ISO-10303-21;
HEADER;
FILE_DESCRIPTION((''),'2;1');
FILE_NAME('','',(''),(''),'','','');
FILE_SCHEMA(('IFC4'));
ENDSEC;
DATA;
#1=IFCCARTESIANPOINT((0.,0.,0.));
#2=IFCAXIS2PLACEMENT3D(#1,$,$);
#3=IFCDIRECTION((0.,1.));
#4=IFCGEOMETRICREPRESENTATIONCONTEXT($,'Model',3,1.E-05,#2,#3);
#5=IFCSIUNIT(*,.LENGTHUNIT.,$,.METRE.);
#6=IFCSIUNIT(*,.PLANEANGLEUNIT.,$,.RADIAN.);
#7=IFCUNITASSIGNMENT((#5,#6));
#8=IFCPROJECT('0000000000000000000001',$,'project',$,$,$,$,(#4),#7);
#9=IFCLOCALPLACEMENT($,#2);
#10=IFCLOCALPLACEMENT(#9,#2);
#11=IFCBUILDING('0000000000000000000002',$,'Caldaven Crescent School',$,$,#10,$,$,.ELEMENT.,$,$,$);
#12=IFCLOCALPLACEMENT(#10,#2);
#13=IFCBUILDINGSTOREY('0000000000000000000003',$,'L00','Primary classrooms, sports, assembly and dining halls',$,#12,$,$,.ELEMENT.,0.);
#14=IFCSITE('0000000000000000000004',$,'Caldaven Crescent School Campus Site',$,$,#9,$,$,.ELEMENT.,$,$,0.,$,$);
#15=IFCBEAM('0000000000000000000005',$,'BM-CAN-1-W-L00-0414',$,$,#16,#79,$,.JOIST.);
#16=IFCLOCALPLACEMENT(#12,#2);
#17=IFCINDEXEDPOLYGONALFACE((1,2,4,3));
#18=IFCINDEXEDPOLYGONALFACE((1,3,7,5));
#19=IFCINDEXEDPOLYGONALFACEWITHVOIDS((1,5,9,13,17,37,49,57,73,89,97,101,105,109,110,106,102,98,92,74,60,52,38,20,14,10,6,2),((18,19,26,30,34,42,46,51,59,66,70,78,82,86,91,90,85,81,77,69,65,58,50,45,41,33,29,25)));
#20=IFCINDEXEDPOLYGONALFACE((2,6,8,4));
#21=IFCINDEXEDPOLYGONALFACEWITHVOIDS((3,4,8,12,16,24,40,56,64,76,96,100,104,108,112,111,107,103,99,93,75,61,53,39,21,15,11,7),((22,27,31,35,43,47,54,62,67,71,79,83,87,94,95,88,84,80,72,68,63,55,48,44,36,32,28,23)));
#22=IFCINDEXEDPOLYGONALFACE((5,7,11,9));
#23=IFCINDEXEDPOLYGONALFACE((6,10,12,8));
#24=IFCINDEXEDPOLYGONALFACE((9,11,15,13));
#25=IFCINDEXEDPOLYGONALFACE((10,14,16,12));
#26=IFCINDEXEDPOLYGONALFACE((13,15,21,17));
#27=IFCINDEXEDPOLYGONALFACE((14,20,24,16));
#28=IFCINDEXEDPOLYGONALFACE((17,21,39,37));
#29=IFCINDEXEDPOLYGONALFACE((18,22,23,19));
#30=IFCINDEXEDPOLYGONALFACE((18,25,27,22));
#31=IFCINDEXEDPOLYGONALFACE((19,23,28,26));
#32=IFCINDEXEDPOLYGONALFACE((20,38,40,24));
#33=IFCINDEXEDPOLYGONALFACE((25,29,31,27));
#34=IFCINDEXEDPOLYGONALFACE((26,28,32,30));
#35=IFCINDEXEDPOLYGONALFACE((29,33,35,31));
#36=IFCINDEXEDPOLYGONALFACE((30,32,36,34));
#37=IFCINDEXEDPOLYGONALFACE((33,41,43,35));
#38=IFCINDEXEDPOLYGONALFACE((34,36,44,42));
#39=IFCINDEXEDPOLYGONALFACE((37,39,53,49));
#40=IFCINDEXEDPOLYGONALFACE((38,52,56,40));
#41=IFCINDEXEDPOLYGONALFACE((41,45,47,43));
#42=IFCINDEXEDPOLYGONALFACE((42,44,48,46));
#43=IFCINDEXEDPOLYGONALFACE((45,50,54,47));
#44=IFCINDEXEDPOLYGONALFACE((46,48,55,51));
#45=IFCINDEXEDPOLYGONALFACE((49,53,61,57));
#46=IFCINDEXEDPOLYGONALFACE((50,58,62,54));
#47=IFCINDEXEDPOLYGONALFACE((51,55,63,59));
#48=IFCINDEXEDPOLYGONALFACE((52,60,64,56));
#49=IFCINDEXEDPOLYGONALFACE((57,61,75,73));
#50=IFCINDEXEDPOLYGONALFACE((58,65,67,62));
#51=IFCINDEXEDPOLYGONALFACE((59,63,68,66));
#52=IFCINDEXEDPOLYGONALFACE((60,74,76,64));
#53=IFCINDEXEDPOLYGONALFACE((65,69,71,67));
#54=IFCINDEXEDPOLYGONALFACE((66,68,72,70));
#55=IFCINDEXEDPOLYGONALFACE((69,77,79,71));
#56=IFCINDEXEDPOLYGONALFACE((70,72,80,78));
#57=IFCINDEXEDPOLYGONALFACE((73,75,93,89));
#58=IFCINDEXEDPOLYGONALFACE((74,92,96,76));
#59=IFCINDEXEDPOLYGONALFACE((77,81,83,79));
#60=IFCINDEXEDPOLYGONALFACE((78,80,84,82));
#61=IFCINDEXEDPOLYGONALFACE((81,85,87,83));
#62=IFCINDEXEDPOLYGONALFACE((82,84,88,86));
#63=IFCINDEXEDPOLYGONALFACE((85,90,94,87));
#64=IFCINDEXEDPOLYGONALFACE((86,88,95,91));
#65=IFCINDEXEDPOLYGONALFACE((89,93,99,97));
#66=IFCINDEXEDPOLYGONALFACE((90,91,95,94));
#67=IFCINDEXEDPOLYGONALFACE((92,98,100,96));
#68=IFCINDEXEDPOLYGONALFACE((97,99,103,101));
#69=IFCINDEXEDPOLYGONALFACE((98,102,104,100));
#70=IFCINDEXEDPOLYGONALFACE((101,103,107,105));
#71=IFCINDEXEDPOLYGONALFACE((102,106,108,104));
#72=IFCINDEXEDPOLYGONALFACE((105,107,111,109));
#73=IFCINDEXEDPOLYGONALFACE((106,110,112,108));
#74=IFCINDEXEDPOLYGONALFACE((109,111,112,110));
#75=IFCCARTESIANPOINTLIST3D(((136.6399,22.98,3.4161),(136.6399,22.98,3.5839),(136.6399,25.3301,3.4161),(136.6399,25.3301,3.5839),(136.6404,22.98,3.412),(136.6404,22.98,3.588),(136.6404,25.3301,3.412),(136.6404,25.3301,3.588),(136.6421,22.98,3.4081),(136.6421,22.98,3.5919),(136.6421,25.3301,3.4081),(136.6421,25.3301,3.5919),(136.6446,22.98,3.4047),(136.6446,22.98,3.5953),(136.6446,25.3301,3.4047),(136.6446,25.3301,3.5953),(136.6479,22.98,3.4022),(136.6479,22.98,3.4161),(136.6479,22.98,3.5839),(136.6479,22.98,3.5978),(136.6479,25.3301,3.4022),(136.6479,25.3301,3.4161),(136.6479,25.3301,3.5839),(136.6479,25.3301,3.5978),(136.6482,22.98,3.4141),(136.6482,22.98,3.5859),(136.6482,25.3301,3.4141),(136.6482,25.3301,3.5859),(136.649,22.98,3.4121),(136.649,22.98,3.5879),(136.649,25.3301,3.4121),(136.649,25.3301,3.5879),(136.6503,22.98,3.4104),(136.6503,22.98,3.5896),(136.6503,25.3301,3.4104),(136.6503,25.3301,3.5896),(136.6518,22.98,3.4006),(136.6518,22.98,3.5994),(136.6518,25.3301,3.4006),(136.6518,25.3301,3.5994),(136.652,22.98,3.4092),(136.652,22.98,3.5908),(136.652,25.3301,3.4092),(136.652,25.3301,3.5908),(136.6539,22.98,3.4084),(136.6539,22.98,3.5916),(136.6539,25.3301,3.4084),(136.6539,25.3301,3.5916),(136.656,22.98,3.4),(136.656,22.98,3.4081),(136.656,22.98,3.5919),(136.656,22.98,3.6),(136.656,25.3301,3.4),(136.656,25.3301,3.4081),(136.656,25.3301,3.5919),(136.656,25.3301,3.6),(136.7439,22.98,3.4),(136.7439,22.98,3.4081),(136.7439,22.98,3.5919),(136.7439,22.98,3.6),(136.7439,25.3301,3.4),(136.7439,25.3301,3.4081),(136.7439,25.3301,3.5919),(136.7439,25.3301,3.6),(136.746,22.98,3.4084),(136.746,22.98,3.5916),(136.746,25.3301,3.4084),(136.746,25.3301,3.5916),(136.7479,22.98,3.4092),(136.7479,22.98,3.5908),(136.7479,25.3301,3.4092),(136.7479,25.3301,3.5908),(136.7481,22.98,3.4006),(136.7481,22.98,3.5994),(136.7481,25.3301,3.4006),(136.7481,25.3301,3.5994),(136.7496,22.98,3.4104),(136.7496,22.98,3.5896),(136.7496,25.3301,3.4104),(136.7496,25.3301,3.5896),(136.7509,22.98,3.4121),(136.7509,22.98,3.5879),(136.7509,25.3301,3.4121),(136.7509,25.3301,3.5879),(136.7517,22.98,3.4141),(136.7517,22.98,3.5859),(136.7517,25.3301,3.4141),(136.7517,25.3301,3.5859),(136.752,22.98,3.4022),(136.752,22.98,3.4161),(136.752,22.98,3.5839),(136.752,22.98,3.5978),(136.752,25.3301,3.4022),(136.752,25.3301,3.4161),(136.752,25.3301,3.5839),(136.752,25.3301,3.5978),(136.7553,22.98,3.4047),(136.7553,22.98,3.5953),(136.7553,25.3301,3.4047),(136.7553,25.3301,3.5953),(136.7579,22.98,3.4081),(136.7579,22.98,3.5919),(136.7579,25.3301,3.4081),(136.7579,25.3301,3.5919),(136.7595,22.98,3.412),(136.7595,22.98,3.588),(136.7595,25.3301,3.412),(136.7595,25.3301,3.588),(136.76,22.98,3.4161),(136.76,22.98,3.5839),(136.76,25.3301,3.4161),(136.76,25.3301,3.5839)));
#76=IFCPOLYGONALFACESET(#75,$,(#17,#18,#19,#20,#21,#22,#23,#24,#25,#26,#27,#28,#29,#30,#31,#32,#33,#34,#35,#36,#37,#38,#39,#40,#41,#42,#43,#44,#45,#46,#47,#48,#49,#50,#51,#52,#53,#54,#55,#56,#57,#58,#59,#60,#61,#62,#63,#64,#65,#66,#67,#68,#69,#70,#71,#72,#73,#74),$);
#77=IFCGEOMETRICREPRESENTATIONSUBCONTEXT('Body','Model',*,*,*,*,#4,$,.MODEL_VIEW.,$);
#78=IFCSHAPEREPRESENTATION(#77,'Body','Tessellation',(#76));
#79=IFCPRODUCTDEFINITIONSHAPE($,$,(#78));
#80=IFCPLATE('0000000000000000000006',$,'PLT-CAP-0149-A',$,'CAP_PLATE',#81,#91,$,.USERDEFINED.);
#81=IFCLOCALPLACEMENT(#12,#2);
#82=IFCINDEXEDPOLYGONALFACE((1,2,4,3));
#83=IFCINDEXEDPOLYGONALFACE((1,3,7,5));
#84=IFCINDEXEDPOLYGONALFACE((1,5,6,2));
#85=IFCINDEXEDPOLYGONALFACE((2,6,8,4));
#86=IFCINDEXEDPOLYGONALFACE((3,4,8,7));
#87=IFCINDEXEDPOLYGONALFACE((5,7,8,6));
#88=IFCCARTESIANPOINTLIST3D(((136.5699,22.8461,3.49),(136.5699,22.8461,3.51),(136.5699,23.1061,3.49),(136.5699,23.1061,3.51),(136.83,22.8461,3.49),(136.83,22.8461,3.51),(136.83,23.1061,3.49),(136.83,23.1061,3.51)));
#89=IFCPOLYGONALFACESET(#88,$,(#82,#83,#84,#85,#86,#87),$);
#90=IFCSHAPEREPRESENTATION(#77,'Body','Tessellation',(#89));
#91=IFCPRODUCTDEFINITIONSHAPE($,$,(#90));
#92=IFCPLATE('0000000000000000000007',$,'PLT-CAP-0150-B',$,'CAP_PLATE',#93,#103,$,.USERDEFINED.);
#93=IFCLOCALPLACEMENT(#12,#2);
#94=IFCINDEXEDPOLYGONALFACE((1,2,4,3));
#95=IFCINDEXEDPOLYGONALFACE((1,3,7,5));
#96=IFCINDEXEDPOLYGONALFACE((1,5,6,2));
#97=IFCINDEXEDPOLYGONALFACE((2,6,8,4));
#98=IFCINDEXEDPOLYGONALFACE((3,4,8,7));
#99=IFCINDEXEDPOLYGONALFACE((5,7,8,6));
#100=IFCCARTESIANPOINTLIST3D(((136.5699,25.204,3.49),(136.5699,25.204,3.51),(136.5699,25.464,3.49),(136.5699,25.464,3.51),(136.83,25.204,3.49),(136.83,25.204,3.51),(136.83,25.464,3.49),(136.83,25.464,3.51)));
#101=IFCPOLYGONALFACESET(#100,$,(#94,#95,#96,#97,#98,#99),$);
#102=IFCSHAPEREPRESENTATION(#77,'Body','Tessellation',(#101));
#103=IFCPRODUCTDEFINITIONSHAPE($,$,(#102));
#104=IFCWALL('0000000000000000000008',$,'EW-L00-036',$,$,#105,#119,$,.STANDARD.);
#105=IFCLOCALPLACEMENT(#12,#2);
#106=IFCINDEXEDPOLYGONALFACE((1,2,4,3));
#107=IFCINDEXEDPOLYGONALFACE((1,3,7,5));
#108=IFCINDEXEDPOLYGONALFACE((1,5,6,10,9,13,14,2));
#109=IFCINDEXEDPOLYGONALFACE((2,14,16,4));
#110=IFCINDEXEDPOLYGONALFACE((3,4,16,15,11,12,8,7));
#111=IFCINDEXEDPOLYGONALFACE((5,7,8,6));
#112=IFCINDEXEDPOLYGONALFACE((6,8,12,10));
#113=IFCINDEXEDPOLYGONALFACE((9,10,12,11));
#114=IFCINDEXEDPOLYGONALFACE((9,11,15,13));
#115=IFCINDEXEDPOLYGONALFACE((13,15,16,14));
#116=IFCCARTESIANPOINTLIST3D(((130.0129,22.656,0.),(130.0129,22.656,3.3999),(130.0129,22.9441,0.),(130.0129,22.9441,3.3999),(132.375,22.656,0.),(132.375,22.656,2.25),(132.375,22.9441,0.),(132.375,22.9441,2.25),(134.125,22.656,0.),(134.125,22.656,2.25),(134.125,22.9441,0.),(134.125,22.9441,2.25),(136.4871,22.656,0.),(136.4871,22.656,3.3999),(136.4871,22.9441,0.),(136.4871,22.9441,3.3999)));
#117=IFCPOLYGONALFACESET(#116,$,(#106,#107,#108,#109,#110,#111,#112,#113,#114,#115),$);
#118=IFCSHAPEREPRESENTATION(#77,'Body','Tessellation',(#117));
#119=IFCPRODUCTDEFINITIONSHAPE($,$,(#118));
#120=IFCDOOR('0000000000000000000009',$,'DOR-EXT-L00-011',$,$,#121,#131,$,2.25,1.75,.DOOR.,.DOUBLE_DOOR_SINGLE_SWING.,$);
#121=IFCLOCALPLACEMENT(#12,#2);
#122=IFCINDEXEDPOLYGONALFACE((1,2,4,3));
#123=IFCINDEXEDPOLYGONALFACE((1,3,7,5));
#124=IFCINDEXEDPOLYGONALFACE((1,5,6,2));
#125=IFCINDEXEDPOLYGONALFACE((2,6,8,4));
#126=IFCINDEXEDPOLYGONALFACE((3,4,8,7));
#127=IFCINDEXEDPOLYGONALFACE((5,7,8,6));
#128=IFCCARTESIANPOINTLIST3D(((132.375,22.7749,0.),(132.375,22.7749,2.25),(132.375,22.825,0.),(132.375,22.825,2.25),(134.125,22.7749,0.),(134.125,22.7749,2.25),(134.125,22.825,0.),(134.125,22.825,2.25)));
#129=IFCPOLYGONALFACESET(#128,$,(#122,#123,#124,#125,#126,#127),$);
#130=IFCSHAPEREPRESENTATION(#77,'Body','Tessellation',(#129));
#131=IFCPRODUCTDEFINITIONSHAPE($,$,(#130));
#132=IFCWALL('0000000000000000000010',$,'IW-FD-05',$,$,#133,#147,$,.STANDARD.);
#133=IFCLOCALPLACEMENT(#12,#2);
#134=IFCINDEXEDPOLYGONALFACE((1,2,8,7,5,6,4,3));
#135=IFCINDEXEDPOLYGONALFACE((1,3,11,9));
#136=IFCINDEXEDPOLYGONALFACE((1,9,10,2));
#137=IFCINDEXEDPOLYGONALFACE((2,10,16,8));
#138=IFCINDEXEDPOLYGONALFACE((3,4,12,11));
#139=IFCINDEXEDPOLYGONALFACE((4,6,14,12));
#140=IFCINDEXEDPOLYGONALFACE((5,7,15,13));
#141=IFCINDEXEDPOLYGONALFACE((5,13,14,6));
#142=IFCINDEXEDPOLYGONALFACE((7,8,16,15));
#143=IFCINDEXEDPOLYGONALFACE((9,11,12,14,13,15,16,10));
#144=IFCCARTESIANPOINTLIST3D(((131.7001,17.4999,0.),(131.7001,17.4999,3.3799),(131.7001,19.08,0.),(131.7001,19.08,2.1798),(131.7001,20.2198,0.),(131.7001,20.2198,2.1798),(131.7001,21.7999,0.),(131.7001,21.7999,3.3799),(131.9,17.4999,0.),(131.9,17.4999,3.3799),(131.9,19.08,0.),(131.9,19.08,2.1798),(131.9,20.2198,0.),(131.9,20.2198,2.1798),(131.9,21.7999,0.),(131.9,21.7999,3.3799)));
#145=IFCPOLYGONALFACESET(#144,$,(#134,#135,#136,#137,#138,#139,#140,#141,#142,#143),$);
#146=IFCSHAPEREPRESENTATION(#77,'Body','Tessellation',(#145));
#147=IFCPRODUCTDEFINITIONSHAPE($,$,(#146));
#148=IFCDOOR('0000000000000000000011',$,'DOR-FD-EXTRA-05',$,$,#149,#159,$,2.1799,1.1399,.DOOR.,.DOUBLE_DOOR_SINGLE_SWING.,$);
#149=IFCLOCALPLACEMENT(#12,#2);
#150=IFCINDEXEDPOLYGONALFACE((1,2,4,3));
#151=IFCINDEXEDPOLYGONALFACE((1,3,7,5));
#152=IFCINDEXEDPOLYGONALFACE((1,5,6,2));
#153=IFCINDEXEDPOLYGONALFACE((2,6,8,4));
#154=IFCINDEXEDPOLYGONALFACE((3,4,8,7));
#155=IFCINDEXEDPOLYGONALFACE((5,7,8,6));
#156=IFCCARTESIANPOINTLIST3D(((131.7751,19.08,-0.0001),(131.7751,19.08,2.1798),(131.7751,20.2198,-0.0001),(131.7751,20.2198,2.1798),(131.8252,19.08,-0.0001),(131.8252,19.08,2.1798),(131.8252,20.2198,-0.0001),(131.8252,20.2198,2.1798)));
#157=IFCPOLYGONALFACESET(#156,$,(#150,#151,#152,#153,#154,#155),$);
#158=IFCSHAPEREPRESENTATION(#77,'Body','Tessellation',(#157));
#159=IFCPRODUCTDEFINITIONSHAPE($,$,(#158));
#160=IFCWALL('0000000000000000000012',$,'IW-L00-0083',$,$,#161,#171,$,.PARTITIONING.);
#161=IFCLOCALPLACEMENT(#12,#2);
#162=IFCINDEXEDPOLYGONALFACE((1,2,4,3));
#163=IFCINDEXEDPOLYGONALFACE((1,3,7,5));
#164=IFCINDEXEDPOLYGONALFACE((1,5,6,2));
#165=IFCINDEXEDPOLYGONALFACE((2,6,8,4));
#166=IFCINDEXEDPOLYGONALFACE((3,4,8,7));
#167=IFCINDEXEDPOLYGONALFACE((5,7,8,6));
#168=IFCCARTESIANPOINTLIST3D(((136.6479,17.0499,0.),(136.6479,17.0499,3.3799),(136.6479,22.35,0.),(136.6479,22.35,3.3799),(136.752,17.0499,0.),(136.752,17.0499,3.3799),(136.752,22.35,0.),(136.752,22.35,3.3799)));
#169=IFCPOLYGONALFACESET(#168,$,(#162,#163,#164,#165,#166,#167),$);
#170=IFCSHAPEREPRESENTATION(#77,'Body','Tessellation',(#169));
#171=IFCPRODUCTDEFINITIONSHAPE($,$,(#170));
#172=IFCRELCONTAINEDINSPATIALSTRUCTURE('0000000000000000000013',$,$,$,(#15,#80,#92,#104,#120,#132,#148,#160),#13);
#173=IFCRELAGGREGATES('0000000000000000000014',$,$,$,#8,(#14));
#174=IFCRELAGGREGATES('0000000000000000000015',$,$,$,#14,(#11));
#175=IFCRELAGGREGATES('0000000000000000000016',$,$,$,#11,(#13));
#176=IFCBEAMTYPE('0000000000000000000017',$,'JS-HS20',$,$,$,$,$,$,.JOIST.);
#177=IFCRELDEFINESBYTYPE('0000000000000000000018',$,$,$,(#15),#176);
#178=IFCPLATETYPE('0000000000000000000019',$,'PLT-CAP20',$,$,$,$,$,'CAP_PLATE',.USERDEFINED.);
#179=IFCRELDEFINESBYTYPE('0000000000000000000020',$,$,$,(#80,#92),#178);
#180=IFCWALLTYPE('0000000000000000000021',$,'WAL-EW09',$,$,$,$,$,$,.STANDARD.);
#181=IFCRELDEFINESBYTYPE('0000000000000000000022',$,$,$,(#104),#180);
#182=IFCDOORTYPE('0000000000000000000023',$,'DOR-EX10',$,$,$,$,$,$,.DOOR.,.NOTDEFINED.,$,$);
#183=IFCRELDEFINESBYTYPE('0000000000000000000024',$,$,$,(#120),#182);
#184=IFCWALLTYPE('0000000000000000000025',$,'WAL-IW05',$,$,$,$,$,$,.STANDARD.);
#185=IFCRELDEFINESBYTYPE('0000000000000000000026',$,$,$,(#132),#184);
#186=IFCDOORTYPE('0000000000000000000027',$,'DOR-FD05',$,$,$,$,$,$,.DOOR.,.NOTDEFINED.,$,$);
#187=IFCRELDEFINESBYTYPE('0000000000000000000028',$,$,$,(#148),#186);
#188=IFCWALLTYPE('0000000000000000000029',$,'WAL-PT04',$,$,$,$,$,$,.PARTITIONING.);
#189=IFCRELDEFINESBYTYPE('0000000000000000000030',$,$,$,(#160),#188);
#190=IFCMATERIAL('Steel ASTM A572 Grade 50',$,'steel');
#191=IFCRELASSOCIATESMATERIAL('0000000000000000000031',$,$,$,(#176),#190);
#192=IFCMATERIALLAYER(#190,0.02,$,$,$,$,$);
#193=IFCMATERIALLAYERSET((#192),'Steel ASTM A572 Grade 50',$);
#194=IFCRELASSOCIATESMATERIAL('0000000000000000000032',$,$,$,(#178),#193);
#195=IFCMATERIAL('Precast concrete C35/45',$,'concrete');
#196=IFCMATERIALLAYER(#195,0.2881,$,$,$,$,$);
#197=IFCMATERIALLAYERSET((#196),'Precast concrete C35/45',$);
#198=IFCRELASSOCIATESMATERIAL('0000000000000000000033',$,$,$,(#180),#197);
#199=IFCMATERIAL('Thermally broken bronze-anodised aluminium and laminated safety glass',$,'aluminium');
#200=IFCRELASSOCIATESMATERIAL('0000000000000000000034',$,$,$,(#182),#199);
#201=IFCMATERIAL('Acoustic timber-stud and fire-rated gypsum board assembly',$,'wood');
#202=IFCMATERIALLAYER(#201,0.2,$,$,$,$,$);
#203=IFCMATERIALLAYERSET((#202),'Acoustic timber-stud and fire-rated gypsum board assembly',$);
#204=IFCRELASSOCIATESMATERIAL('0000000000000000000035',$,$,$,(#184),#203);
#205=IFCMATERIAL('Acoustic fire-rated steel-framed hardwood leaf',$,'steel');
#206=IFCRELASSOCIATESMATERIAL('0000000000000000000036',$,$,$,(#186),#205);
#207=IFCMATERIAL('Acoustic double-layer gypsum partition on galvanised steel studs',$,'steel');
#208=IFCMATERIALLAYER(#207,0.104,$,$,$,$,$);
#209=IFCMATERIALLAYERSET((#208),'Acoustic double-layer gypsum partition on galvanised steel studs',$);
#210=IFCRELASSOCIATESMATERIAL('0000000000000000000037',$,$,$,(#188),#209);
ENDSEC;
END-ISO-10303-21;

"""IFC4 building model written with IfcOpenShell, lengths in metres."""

from ifc_helpers import new_model, si_unit, direction, frame, frame_2d, origin, origin_2d, place, context, subcontext, project, spatial, rectangle, hollow_rectangle, extrude, material, layer, layer_set, material_profile, profile_set, type_object, element, fill, save


model = new_model("IFC4")

# Units and contexts
model_context = context("Model", 3, precision=1e-05, world=origin(), true_north=direction((0.0, 1.0)))
body_context = subcontext(model_context, "Body", "Model", "MODEL_VIEW")
ifc_project = project(units=[si_unit("LENGTHUNIT", "METRE"), si_unit("PLANEANGLEUNIT", "RADIAN")], contexts=[model_context])

# Site, building, storey
site_placement = place(None, origin())
site = spatial("IfcSite", under=ifc_project, at=site_placement, Name="Caldaven Crescent School Campus Site", CompositionType="ELEMENT", RefElevation=0.0)
building_placement = place(site_placement, origin())
building = spatial("IfcBuilding", under=site, at=building_placement, Name="Caldaven Crescent School", CompositionType="ELEMENT")
storey_placement = place(building_placement, origin())
storey = spatial("IfcBuildingStorey", under=building, at=storey_placement, Name="L00", Description="Primary classrooms, sports, assembly and dining halls", CompositionType="ELEMENT", Elevation=0.0)

# Shared definitions
ifc_material_1 = material(Name="Steel ASTM A572 Grade 50", Category="steel")

# Beam
ifc_material_profile_1 = material_profile(ifc_material_1, hollow_rectangle(XDim=0.1201, YDim=0.2, WallThickness=0.0081, InnerFilletRadius=0.0081, OuterFilletRadius=0.0161, at=origin_2d()), Name="HSS 120x200x8")
ifc_profile_set_1 = profile_set([ifc_material_profile_1], Name="Steel ASTM A572 Grade 50")
beam_type_1 = type_object("IfcBeamType", Name="JS-HS20", PredefinedType="JOIST", material=ifc_profile_set_1)
beam_placement = place(storey_placement, frame((136.7, 22.98, 3.5), z_axis=(0.0, 1.0, 0.0), x_axis=(-1.0, 0.0, 0.0)))
element("IfcBeam", 1, at=beam_placement, inside=storey, type_object=beam_type_1, Name="BM-CAN-1-W-L00-0414", PredefinedType="JOIST", context=body_context, shape_type="SweptSolid", body=[
    extrude(hollow_rectangle(XDim=0.1201, YDim=0.2, WallThickness=0.0081, InnerFilletRadius=0.0081, OuterFilletRadius=0.0161, at=origin_2d()), origin(), (0.0, 0.0, 1.0), 2.3501),
])

# Plates
ifc_layer_1 = layer(ifc_material_1, 0.02)
ifc_layer_set_1 = layer_set([ifc_layer_1], Name="Steel ASTM A572 Grade 50")
plate_type = type_object("IfcPlateType", Name="PLT-CAP20", ElementType="CAP_PLATE", PredefinedType="USERDEFINED", material=ifc_layer_set_1)
for number, where, z_axis, x_axis, name in (
    (2, (136.7, 22.9761, 3.49), (0.0, 0.0, 1.0), (0.0, 1.0, 0.0), "PLT-CAP-0149-A"),
    (3, (136.7, 25.334, 3.49), (0.0, 0.0, 1.0), (0.0, 1.0, 0.0), "PLT-CAP-0150-B"),
):
    element("IfcPlate", number, at=place(storey_placement, frame(where, z_axis=z_axis, x_axis=x_axis)), inside=storey, type_object=plate_type, Name=name, ObjectType="CAP_PLATE", PredefinedType="USERDEFINED", context=body_context, shape_type="SweptSolid", body=[
        extrude(rectangle(XDim=0.26, YDim=0.26, at=origin_2d()), origin(), (0.0, 0.0, 1.0), 0.02),
    ])

# Walls, openings, doors
ifc_material_2 = material(Name="Precast concrete C35/45", Category="concrete")
ifc_layer_2 = layer(ifc_material_2, 0.2881)
ifc_layer_set_2 = layer_set([ifc_layer_2], Name="Precast concrete C35/45")
wall_type_1 = type_object("IfcWallType", Name="WAL-EW09", PredefinedType="STANDARD", material=ifc_layer_set_2)
wall_1_placement = place(storey_placement, frame((130.0129, 22.8, 0.0), z_axis=(0.0, 0.0, 1.0), x_axis=(1.0, 0.0, 0.0)))
wall_1 = element("IfcWall", 4, at=wall_1_placement, inside=storey, type_object=wall_type_1, Name="EW-L00-036", PredefinedType="STANDARD", context=body_context, shape_type="SweptSolid", body=[
    extrude(rectangle(XDim=6.4741, YDim=0.2881, at=frame_2d((3.2371, 0.0))), origin(), (0.0, 0.0, 1.0), 3.3999),
])
opening_1_placement = place(wall_1_placement, frame((2.3621, 0.0, 0.0)))
opening_1 = element("IfcOpeningElement", 5, at=opening_1_placement, cuts=wall_1, PredefinedType="OPENING", context=body_context, shape_type="SweptSolid", body=[
    extrude(rectangle(XDim=1.75, YDim=2.25, at=frame_2d((0.875, 1.125))), frame((0.0, 0.1541, 0.0), z_axis=(0.0, -1.0, 0.0), x_axis=(1.0, 0.0, 0.0)), (0.0, 0.0, 1.0), 0.3081),
])
ifc_material_3 = material(Name="Thermally broken bronze-anodised aluminium and laminated safety glass", Category="aluminium")
door_type_1 = type_object("IfcDoorType", Name="DOR-EX10", OperationType="NOTDEFINED", PredefinedType="DOOR", material=ifc_material_3)
door_1_placement = place(opening_1_placement, origin())
door_1 = element("IfcDoor", 6, at=door_1_placement, inside=storey, type_object=door_type_1, Name="DOR-EXT-L00-011", OperationType="DOUBLE_DOOR_SINGLE_SWING", OverallHeight=2.25, OverallWidth=1.75, PredefinedType="DOOR", context=body_context, shape_type="SweptSolid", body=[
    extrude(rectangle(XDim=1.75, YDim=2.25, at=frame_2d((0.875, 1.125))), frame((0.0, 0.0249, 0.0), z_axis=(0.0, -1.0, 0.0), x_axis=(1.0, 0.0, 0.0)), (0.0, 0.0, 1.0), 0.05),
])
fill(opening_1, door_1)
ifc_material_4 = material(Name="Acoustic timber-stud and fire-rated gypsum board assembly", Category="wood")
ifc_layer_3 = layer(ifc_material_4, 0.2)
ifc_layer_set_3 = layer_set([ifc_layer_3], Name="Acoustic timber-stud and fire-rated gypsum board assembly")
wall_type_2 = type_object("IfcWallType", Name="WAL-IW05", PredefinedType="STANDARD", material=ifc_layer_set_3)
wall_2_placement = place(storey_placement, frame((131.8, 17.5, 0.0), z_axis=(0.0, 0.0, 1.0), x_axis=(0.0, 1.0, 0.0)))
wall_2 = element("IfcWall", 7, at=wall_2_placement, inside=storey, type_object=wall_type_2, Name="IW-FD-05", PredefinedType="STANDARD", context=body_context, shape_type="SweptSolid", body=[
    extrude(rectangle(XDim=4.3, YDim=0.2, at=frame_2d((2.1499, 0.0))), origin(), (0.0, 0.0, 1.0), 3.3799),
])
opening_2_placement = place(wall_2_placement, frame((1.5801, 0.0, 0.0)))
opening_2 = element("IfcOpeningElement", 8, at=opening_2_placement, cuts=wall_2, PredefinedType="OPENING", context=body_context, shape_type="SweptSolid", body=[
    extrude(rectangle(XDim=1.1399, YDim=2.1799, at=frame_2d((0.5698, 1.0898))), frame((0.0, 0.1099, 0.0), z_axis=(0.0, -1.0, 0.0), x_axis=(1.0, 0.0, 0.0)), (0.0, 0.0, 1.0), 0.22),
])
ifc_material_5 = material(Name="Acoustic fire-rated steel-framed hardwood leaf", Category="steel")
door_type_2 = type_object("IfcDoorType", Name="DOR-FD05", OperationType="NOTDEFINED", PredefinedType="DOOR", material=ifc_material_5)
door_2_placement = place(opening_2_placement, origin())
door_2 = element("IfcDoor", 9, at=door_2_placement, inside=storey, type_object=door_type_2, Name="DOR-FD-EXTRA-05", OperationType="DOUBLE_DOOR_SINGLE_SWING", OverallHeight=2.1799, OverallWidth=1.1399, PredefinedType="DOOR", context=body_context, shape_type="SweptSolid", body=[
    extrude(rectangle(XDim=1.1399, YDim=2.1799, at=frame_2d((0.5698, 1.0898))), frame((0.0, 0.0249, 0.0), z_axis=(0.0, -1.0, 0.0), x_axis=(1.0, 0.0, 0.0)), (0.0, 0.0, 1.0), 0.05),
])
fill(opening_2, door_2)

# Wall
ifc_material_6 = material(Name="Acoustic double-layer gypsum partition on galvanised steel studs", Category="steel")
ifc_layer_4 = layer(ifc_material_6, 0.104)
ifc_layer_set_4 = layer_set([ifc_layer_4], Name="Acoustic double-layer gypsum partition on galvanised steel studs")
wall_type_3 = type_object("IfcWallType", Name="WAL-PT04", PredefinedType="PARTITIONING", material=ifc_layer_set_4)
wall_3_placement = place(storey_placement, frame((136.7, 17.05, 0.0), z_axis=(0.0, 0.0, 1.0), x_axis=(0.0, 1.0, 0.0)))
element("IfcWall", 10, at=wall_3_placement, inside=storey, type_object=wall_type_3, Name="IW-L00-0083", PredefinedType="PARTITIONING", context=body_context, shape_type="SweptSolid", body=[
    extrude(rectangle(XDim=5.3, YDim=0.104, at=frame_2d((2.6499, 0.0))), origin(), (0.0, 0.0, 1.0), 3.3799),
])

save(model, "model.ifc")
